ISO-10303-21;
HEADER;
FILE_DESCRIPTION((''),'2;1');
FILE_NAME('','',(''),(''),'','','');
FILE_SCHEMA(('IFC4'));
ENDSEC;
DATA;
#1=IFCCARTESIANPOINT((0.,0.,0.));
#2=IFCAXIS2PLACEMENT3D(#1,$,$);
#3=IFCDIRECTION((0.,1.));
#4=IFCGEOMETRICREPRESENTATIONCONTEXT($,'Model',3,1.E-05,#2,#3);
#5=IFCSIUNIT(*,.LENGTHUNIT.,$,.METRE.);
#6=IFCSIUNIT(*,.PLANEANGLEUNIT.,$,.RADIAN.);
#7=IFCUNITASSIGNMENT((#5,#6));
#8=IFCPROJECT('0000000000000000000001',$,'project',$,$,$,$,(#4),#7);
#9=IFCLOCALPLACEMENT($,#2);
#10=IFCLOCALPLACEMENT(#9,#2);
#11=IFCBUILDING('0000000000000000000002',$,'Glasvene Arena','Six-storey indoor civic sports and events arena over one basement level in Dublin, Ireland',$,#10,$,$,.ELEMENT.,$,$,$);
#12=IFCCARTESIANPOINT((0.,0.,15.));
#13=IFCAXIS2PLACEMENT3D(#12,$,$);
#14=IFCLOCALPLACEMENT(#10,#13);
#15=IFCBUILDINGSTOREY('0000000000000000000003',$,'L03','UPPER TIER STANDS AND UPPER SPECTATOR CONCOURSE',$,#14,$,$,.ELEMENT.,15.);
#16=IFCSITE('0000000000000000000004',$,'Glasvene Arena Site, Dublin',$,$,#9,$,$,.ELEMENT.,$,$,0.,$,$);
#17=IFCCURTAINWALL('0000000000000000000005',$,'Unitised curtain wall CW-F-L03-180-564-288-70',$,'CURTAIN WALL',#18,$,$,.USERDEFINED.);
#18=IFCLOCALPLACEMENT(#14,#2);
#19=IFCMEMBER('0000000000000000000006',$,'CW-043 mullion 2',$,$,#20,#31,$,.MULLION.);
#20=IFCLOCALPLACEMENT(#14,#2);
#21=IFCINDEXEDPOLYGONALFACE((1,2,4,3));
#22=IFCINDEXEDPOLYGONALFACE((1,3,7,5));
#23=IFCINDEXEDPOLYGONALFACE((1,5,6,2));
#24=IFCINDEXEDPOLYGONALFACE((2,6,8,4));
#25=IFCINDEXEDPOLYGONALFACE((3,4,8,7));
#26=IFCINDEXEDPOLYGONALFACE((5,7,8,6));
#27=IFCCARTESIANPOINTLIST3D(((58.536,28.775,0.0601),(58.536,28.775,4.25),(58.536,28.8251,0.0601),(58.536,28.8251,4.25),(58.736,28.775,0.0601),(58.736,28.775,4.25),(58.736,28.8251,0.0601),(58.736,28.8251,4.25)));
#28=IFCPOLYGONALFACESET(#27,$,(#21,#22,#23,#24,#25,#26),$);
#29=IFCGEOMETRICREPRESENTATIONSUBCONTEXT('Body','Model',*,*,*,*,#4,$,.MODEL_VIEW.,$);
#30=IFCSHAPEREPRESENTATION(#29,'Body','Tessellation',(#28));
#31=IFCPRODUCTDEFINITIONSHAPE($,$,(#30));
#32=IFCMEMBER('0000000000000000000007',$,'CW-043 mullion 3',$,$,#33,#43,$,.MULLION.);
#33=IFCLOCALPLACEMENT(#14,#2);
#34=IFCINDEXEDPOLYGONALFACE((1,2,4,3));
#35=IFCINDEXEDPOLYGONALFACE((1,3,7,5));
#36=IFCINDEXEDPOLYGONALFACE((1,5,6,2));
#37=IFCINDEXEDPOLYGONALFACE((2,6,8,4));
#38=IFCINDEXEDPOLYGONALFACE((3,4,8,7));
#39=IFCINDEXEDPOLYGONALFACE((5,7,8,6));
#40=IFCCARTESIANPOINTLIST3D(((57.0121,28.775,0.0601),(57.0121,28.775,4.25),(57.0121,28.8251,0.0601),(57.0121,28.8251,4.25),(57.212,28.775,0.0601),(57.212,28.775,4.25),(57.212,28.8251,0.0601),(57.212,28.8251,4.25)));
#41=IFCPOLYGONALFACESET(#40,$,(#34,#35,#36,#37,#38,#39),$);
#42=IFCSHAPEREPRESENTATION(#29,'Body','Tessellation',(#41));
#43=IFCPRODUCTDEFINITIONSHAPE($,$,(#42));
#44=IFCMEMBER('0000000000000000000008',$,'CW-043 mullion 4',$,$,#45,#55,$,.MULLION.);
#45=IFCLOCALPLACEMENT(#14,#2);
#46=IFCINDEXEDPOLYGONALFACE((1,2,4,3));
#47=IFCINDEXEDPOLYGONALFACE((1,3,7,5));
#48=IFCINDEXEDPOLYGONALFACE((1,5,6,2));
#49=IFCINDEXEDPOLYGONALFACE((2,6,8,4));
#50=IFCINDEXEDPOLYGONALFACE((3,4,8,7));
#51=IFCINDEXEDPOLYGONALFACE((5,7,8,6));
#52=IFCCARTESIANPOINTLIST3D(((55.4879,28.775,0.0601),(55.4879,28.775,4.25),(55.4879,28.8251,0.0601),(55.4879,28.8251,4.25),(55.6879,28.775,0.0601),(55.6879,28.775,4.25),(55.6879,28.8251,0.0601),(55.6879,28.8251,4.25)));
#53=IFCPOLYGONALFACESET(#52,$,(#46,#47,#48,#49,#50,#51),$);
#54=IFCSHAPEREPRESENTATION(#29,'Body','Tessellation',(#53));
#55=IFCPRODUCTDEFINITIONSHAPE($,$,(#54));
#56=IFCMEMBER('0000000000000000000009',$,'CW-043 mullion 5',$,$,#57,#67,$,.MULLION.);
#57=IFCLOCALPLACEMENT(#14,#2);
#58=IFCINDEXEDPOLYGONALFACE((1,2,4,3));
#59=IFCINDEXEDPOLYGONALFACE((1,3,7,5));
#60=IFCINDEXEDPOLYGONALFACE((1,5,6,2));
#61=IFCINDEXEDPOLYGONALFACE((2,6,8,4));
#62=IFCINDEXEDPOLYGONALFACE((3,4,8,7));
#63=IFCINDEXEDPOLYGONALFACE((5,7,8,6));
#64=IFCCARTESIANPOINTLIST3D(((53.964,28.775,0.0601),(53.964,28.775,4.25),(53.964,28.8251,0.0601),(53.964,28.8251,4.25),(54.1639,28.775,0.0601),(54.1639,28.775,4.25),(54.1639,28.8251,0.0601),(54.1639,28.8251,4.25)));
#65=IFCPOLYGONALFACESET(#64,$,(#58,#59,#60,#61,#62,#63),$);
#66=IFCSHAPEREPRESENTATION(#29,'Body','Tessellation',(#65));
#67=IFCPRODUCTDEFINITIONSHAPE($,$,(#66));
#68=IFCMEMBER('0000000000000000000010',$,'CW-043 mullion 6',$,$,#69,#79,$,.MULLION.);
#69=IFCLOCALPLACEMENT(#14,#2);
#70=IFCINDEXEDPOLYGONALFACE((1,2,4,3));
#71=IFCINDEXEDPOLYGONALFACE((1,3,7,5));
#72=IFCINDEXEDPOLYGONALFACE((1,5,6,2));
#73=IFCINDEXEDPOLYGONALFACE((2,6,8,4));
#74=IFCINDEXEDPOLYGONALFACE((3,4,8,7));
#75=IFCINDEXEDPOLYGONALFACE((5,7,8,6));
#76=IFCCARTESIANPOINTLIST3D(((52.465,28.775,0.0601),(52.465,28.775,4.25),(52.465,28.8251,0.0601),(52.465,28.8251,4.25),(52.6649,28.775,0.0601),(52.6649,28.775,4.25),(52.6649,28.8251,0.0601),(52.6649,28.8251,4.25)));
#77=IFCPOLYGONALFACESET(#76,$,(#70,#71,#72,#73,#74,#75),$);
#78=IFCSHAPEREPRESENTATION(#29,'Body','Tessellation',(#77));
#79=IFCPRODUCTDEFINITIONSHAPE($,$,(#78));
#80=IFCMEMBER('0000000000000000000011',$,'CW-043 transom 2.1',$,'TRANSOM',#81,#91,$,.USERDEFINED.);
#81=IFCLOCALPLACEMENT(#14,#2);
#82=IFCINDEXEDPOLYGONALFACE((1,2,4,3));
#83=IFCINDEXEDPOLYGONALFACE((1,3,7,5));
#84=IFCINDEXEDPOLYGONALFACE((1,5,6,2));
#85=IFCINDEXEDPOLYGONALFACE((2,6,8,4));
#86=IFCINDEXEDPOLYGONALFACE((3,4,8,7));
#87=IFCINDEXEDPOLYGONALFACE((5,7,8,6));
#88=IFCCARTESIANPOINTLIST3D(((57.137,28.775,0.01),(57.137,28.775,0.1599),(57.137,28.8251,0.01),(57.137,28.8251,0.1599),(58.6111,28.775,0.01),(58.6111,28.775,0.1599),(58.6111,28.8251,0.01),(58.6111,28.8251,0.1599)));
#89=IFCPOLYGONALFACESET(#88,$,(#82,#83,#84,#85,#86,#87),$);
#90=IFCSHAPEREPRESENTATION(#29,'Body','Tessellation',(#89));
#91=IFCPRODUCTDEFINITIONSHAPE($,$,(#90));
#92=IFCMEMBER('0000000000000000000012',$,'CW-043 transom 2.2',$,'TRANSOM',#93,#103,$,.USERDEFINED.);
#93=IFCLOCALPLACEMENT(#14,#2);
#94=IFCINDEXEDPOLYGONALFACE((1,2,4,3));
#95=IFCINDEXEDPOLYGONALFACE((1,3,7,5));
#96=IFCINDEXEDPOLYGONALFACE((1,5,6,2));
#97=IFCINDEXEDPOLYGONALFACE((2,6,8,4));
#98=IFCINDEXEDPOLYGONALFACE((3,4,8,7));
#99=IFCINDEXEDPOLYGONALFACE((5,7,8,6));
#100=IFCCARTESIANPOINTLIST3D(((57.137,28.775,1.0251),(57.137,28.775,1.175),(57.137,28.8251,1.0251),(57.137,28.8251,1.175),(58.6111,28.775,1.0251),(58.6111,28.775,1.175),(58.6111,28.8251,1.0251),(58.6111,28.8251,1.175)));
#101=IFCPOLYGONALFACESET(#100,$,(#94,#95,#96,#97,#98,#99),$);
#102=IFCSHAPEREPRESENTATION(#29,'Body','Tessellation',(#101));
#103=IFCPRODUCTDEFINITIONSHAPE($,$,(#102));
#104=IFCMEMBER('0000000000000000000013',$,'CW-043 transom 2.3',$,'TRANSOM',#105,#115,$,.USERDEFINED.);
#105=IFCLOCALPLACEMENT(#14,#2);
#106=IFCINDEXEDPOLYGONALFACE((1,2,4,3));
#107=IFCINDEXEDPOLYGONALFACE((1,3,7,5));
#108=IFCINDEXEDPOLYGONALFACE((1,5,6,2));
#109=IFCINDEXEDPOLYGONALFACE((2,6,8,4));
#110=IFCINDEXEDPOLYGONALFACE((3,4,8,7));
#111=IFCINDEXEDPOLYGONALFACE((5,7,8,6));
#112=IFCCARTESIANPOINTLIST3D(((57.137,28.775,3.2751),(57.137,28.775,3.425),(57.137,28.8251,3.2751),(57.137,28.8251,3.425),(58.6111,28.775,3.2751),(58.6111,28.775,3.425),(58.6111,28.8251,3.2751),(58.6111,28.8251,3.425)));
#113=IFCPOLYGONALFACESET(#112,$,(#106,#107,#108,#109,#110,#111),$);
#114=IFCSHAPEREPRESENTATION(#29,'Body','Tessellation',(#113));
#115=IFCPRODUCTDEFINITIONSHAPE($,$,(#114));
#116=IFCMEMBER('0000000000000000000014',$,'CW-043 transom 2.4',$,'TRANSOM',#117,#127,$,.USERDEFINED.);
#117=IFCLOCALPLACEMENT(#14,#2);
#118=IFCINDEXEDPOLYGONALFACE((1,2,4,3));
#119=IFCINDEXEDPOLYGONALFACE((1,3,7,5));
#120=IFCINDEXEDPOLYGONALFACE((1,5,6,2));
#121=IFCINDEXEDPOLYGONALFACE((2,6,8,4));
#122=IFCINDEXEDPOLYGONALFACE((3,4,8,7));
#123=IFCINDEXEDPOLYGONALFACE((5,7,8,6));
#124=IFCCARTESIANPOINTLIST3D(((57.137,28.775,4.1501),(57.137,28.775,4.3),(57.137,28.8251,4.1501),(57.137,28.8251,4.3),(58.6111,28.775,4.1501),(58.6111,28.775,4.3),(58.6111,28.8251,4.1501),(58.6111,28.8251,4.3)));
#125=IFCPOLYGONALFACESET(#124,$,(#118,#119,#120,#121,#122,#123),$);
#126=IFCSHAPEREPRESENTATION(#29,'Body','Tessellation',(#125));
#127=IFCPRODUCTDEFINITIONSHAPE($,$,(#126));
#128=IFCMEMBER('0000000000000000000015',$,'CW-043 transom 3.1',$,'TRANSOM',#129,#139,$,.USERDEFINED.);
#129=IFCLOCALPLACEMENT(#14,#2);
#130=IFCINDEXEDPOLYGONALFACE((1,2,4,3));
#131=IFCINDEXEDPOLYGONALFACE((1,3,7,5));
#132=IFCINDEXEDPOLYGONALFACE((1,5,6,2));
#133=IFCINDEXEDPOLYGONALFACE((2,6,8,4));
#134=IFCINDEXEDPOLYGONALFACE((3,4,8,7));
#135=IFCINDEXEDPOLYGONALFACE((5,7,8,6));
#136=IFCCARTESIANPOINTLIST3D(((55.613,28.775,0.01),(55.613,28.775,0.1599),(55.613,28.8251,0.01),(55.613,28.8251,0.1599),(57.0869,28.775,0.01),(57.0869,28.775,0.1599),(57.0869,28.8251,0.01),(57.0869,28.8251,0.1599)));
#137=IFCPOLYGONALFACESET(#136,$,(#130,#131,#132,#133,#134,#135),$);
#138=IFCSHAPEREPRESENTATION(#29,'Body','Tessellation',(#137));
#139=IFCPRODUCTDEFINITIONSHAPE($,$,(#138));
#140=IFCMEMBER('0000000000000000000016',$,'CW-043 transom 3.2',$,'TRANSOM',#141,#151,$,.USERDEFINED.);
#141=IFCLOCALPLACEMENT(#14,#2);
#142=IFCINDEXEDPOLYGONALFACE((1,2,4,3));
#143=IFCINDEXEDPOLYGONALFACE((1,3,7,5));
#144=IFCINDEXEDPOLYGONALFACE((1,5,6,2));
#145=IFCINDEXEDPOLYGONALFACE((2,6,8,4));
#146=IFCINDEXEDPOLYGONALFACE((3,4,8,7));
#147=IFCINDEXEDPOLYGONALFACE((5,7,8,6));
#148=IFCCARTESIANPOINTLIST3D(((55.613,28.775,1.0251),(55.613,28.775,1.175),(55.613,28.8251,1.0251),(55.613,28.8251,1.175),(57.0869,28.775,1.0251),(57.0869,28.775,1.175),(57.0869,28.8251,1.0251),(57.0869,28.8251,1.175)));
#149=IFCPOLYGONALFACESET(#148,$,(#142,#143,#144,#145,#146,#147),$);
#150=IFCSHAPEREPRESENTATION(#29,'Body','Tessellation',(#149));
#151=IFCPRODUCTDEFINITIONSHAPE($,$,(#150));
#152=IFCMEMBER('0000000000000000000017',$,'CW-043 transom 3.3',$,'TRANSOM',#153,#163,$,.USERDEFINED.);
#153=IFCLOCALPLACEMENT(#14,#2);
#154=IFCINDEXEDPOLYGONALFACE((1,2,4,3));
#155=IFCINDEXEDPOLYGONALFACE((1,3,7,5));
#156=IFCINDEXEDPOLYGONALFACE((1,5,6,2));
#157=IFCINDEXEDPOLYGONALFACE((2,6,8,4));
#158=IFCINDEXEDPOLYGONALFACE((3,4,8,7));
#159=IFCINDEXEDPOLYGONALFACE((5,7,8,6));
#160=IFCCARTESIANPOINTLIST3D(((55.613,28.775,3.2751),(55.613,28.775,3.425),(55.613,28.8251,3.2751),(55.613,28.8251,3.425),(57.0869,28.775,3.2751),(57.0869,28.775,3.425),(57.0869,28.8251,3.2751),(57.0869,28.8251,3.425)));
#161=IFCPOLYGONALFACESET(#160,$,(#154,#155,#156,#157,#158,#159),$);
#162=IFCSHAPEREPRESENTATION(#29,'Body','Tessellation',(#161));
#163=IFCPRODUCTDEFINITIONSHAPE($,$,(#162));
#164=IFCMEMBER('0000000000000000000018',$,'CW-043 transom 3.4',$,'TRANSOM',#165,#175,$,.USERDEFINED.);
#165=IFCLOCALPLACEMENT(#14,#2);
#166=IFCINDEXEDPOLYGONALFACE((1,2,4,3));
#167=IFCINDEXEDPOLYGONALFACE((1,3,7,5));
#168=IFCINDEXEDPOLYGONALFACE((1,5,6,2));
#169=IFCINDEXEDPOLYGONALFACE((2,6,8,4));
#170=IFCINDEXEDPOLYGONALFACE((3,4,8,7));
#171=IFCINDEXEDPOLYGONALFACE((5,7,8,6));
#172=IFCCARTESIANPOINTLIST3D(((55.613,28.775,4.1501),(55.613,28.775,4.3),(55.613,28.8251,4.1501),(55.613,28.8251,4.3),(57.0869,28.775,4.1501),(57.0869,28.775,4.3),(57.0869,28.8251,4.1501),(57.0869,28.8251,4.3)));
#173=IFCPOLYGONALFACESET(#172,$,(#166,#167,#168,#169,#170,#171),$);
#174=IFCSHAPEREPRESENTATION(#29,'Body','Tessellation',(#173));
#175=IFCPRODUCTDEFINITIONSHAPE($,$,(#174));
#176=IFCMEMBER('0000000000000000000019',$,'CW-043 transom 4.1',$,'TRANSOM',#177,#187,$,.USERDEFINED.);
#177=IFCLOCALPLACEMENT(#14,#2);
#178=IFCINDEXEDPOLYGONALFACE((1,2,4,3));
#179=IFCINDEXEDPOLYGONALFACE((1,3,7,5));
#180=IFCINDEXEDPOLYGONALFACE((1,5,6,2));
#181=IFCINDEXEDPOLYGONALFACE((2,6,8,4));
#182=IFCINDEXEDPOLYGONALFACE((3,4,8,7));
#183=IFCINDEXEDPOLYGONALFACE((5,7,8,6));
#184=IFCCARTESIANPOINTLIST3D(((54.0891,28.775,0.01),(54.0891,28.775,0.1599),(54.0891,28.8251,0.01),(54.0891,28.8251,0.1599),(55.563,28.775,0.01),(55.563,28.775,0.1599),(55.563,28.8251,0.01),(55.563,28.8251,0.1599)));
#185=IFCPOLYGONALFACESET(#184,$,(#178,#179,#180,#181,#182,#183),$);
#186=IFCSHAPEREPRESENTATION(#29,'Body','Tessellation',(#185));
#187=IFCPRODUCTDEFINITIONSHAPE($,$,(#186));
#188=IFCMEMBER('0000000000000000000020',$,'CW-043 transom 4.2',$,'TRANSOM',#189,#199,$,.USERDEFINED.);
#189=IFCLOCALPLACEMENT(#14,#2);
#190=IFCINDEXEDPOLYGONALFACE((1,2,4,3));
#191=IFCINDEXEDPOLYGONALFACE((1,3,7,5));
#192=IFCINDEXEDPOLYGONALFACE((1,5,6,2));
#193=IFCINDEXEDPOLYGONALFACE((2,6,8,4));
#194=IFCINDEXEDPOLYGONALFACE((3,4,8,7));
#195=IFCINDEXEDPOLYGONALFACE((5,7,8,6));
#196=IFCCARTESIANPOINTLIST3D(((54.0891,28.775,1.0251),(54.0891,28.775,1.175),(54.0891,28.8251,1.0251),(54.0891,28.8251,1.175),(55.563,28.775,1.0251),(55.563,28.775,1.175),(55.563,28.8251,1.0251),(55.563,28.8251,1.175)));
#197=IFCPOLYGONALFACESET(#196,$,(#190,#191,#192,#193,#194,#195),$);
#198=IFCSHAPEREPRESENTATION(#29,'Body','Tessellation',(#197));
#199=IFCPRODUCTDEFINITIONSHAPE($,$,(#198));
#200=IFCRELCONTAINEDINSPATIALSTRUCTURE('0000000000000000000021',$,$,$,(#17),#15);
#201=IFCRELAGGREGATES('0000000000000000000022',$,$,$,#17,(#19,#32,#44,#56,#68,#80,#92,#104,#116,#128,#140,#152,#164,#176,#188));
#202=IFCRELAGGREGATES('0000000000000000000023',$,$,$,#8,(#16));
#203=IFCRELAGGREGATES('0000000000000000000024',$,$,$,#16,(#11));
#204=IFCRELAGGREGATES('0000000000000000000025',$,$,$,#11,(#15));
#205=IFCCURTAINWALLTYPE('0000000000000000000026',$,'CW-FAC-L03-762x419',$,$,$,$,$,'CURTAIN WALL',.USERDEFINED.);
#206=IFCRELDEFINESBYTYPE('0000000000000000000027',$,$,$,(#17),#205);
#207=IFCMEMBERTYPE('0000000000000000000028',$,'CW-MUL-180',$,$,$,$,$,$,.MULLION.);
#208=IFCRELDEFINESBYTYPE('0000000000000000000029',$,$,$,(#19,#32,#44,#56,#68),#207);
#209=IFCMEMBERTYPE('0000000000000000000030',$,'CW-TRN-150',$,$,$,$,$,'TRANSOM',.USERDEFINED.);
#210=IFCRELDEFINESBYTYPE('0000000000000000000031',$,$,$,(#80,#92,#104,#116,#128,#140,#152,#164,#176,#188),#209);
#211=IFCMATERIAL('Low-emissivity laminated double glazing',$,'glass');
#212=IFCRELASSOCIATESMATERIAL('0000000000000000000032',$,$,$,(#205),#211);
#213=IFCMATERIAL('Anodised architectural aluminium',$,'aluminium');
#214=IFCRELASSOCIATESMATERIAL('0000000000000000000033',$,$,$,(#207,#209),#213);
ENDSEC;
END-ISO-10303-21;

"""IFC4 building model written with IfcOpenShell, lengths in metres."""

from ifc_helpers import new_model, si_unit, direction, frame, origin, origin_2d, place, context, subcontext, project, spatial, rectangle, extrude, material, material_profile, profile_set, type_object, element, aggregate, save


model = new_model("IFC4")

# Units and contexts
model_context = context("Model", 3, precision=1e-05, world=origin(), true_north=direction((0.0, 1.0)))
body_context = subcontext(model_context, "Body", "Model", "MODEL_VIEW")
ifc_project = project(units=[si_unit("LENGTHUNIT", "METRE"), si_unit("PLANEANGLEUNIT", "RADIAN")], contexts=[model_context])

# Site, building, storey
site_placement = place(None, origin())
site = spatial("IfcSite", under=ifc_project, at=site_placement, Name="Glasvene Arena Site, Dublin", CompositionType="ELEMENT", RefElevation=0.0)
building_placement = place(site_placement, origin())
building = spatial("IfcBuilding", under=site, at=building_placement, Name="Glasvene Arena", Description="Six-storey indoor civic sports and events arena over one basement level in Dublin, Ireland", CompositionType="ELEMENT")
storey_placement = place(building_placement, frame((0.0, 0.0, 15.0)))
storey = spatial("IfcBuildingStorey", under=building, at=storey_placement, Name="L03", Description="UPPER TIER STANDS AND UPPER SPECTATOR CONCOURSE", CompositionType="ELEMENT", Elevation=15.0)

# Curtain wall, members
ifc_material_1 = material(Name="Low-emissivity laminated double glazing", Category="glass")
curtain_wall_type = type_object("IfcCurtainWallType", Name="CW-FAC-L03-762x419", ElementType="CURTAIN WALL", PredefinedType="USERDEFINED", material=ifc_material_1)
curtain_wall_placement = place(storey_placement, frame((60.1599, 28.8, 0.0)))
curtain_wall = element("IfcCurtainWall", 1, at=curtain_wall_placement, inside=storey, type_object=curtain_wall_type, Name="Unitised curtain wall CW-F-L03-180-564-288-70", ObjectType="CURTAIN WALL", PredefinedType="USERDEFINED")
ifc_material_2 = material(Name="Anodised architectural aluminium", Category="aluminium")
ifc_material_profile_1 = material_profile(ifc_material_2, rectangle(XDim=0.05, YDim=0.2, at=origin_2d()), Name="ALU MULLION 50x200")
ifc_profile_set_1 = profile_set([ifc_material_profile_1], Name="Anodised architectural aluminium")
member_type_1 = type_object("IfcMemberType", Name="CW-MUL-180", PredefinedType="MULLION", material=ifc_profile_set_1)
member_1_placement = place(storey_placement, frame((58.636, 28.8, 0.0601), z_axis=(0.0, 0.0, 1.0), x_axis=(0.0, -1.0, 0.0)))
member_1 = element("IfcMember", 2, at=member_1_placement, type_object=member_type_1, Name="CW-043 mullion 2", PredefinedType="MULLION", context=body_context, shape_type="SweptSolid", body=[
    extrude(rectangle(XDim=0.05, YDim=0.2, at=origin_2d()), origin(), (0.0, 0.0, 1.0), 4.1899),
])
member_2_placement = place(storey_placement, frame((57.1121, 28.8, 0.0601), z_axis=(0.0, 0.0, 1.0), x_axis=(0.0, -1.0, 0.0)))
member_2 = element("IfcMember", 3, at=member_2_placement, type_object=member_type_1, Name="CW-043 mullion 3", PredefinedType="MULLION", context=body_context, shape_type="SweptSolid", body=[
    extrude(rectangle(XDim=0.05, YDim=0.2, at=origin_2d()), origin(), (0.0, 0.0, 1.0), 4.1899),
])
member_3_placement = place(storey_placement, frame((55.5879, 28.8, 0.0601), z_axis=(0.0, 0.0, 1.0), x_axis=(0.0, -1.0, 0.0)))
member_3 = element("IfcMember", 4, at=member_3_placement, type_object=member_type_1, Name="CW-043 mullion 4", PredefinedType="MULLION", context=body_context, shape_type="SweptSolid", body=[
    extrude(rectangle(XDim=0.05, YDim=0.2, at=origin_2d()), origin(), (0.0, 0.0, 1.0), 4.1899),
])
member_4_placement = place(storey_placement, frame((54.064, 28.8, 0.0601), z_axis=(0.0, 0.0, 1.0), x_axis=(0.0, -1.0, 0.0)))
member_4 = element("IfcMember", 5, at=member_4_placement, type_object=member_type_1, Name="CW-043 mullion 5", PredefinedType="MULLION", context=body_context, shape_type="SweptSolid", body=[
    extrude(rectangle(XDim=0.05, YDim=0.2, at=origin_2d()), origin(), (0.0, 0.0, 1.0), 4.1899),
])
member_5_placement = place(storey_placement, frame((52.5649, 28.8, 0.0601), z_axis=(0.0, 0.0, 1.0), x_axis=(0.0, -1.0, 0.0)))
member_5 = element("IfcMember", 6, at=member_5_placement, type_object=member_type_1, Name="CW-043 mullion 6", PredefinedType="MULLION", context=body_context, shape_type="SweptSolid", body=[
    extrude(rectangle(XDim=0.05, YDim=0.2, at=origin_2d()), origin(), (0.0, 0.0, 1.0), 4.1899),
])
ifc_material_profile_2 = material_profile(ifc_material_2, rectangle(XDim=0.05, YDim=0.1499, at=origin_2d()), Name="ALU TRANSOM 50x150")
ifc_profile_set_2 = profile_set([ifc_material_profile_2], Name="Anodised architectural aluminium")
member_type_2 = type_object("IfcMemberType", Name="CW-TRN-150", ElementType="TRANSOM", PredefinedType="USERDEFINED", material=ifc_profile_set_2)
member_6_placement = place(storey_placement, frame((58.6111, 28.8, 0.085), z_axis=(-1.0, 0.0, 0.0), x_axis=(0.0, -1.0, 0.0)))
member_6 = element("IfcMember", 7, at=member_6_placement, type_object=member_type_2, Name="CW-043 transom 2.1", ObjectType="TRANSOM", PredefinedType="USERDEFINED", context=body_context, shape_type="SweptSolid", body=[
    extrude(rectangle(XDim=0.05, YDim=0.1499, at=origin_2d()), origin(), (0.0, 0.0, 1.0), 1.4741),
])
member_7_placement = place(storey_placement, frame((58.6111, 28.8, 1.1001), z_axis=(-1.0, 0.0, 0.0), x_axis=(0.0, -1.0, 0.0)))
member_7 = element("IfcMember", 8, at=member_7_placement, type_object=member_type_2, Name="CW-043 transom 2.2", ObjectType="TRANSOM", PredefinedType="USERDEFINED", context=body_context, shape_type="SweptSolid", body=[
    extrude(rectangle(XDim=0.05, YDim=0.1499, at=origin_2d()), origin(), (0.0, 0.0, 1.0), 1.4741),
])
member_8_placement = place(storey_placement, frame((58.6111, 28.8, 3.3501), z_axis=(-1.0, 0.0, 0.0), x_axis=(0.0, -1.0, 0.0)))
member_8 = element("IfcMember", 9, at=member_8_placement, type_object=member_type_2, Name="CW-043 transom 2.3", ObjectType="TRANSOM", PredefinedType="USERDEFINED", context=body_context, shape_type="SweptSolid", body=[
    extrude(rectangle(XDim=0.05, YDim=0.1499, at=origin_2d()), origin(), (0.0, 0.0, 1.0), 1.4741),
])
member_9_placement = place(storey_placement, frame((58.6111, 28.8, 4.2251), z_axis=(-1.0, 0.0, 0.0), x_axis=(0.0, -1.0, 0.0)))
member_9 = element("IfcMember", 10, at=member_9_placement, type_object=member_type_2, Name="CW-043 transom 2.4", ObjectType="TRANSOM", PredefinedType="USERDEFINED", context=body_context, shape_type="SweptSolid", body=[
    extrude(rectangle(XDim=0.05, YDim=0.1499, at=origin_2d()), origin(), (0.0, 0.0, 1.0), 1.4741),
])
member_10_placement = place(storey_placement, frame((57.0869, 28.8, 0.085), z_axis=(-1.0, 0.0, 0.0), x_axis=(0.0, -1.0, 0.0)))
member_10 = element("IfcMember", 11, at=member_10_placement, type_object=member_type_2, Name="CW-043 transom 3.1", ObjectType="TRANSOM", PredefinedType="USERDEFINED", context=body_context, shape_type="SweptSolid", body=[
    extrude(rectangle(XDim=0.05, YDim=0.1499, at=origin_2d()), origin(), (0.0, 0.0, 1.0), 1.4739),
])
member_11_placement = place(storey_placement, frame((57.0869, 28.8, 1.1001), z_axis=(-1.0, 0.0, 0.0), x_axis=(0.0, -1.0, 0.0)))
member_11 = element("IfcMember", 12, at=member_11_placement, type_object=member_type_2, Name="CW-043 transom 3.2", ObjectType="TRANSOM", PredefinedType="USERDEFINED", context=body_context, shape_type="SweptSolid", body=[
    extrude(rectangle(XDim=0.05, YDim=0.1499, at=origin_2d()), origin(), (0.0, 0.0, 1.0), 1.4739),
])
member_12_placement = place(storey_placement, frame((57.0869, 28.8, 3.3501), z_axis=(-1.0, 0.0, 0.0), x_axis=(0.0, -1.0, 0.0)))
member_12 = element("IfcMember", 13, at=member_12_placement, type_object=member_type_2, Name="CW-043 transom 3.3", ObjectType="TRANSOM", PredefinedType="USERDEFINED", context=body_context, shape_type="SweptSolid", body=[
    extrude(rectangle(XDim=0.05, YDim=0.1499, at=origin_2d()), origin(), (0.0, 0.0, 1.0), 1.4739),
])
member_13_placement = place(storey_placement, frame((57.0869, 28.8, 4.2251), z_axis=(-1.0, 0.0, 0.0), x_axis=(0.0, -1.0, 0.0)))
member_13 = element("IfcMember", 14, at=member_13_placement, type_object=member_type_2, Name="CW-043 transom 3.4", ObjectType="TRANSOM", PredefinedType="USERDEFINED", context=body_context, shape_type="SweptSolid", body=[
    extrude(rectangle(XDim=0.05, YDim=0.1499, at=origin_2d()), origin(), (0.0, 0.0, 1.0), 1.4739),
])
member_14_placement = place(storey_placement, frame((55.563, 28.8, 0.085), z_axis=(-1.0, 0.0, 0.0), x_axis=(0.0, -1.0, 0.0)))
member_14 = element("IfcMember", 15, at=member_14_placement, type_object=member_type_2, Name="CW-043 transom 4.1", ObjectType="TRANSOM", PredefinedType="USERDEFINED", context=body_context, shape_type="SweptSolid", body=[
    extrude(rectangle(XDim=0.05, YDim=0.1499, at=origin_2d()), origin(), (0.0, 0.0, 1.0), 1.4739),
])
member_15_placement = place(storey_placement, frame((55.563, 28.8, 1.1001), z_axis=(-1.0, 0.0, 0.0), x_axis=(0.0, -1.0, 0.0)))
member_15 = element("IfcMember", 16, at=member_15_placement, type_object=member_type_2, Name="CW-043 transom 4.2", ObjectType="TRANSOM", PredefinedType="USERDEFINED", context=body_context, shape_type="SweptSolid", body=[
    extrude(rectangle(XDim=0.05, YDim=0.1499, at=origin_2d()), origin(), (0.0, 0.0, 1.0), 1.4739),
])
aggregate(curtain_wall, [member_1, member_2, member_3, member_4, member_5, member_6, member_7, member_8, member_9, member_10, member_11, member_12, member_13, member_14, member_15])

save(model, "model.ifc")
